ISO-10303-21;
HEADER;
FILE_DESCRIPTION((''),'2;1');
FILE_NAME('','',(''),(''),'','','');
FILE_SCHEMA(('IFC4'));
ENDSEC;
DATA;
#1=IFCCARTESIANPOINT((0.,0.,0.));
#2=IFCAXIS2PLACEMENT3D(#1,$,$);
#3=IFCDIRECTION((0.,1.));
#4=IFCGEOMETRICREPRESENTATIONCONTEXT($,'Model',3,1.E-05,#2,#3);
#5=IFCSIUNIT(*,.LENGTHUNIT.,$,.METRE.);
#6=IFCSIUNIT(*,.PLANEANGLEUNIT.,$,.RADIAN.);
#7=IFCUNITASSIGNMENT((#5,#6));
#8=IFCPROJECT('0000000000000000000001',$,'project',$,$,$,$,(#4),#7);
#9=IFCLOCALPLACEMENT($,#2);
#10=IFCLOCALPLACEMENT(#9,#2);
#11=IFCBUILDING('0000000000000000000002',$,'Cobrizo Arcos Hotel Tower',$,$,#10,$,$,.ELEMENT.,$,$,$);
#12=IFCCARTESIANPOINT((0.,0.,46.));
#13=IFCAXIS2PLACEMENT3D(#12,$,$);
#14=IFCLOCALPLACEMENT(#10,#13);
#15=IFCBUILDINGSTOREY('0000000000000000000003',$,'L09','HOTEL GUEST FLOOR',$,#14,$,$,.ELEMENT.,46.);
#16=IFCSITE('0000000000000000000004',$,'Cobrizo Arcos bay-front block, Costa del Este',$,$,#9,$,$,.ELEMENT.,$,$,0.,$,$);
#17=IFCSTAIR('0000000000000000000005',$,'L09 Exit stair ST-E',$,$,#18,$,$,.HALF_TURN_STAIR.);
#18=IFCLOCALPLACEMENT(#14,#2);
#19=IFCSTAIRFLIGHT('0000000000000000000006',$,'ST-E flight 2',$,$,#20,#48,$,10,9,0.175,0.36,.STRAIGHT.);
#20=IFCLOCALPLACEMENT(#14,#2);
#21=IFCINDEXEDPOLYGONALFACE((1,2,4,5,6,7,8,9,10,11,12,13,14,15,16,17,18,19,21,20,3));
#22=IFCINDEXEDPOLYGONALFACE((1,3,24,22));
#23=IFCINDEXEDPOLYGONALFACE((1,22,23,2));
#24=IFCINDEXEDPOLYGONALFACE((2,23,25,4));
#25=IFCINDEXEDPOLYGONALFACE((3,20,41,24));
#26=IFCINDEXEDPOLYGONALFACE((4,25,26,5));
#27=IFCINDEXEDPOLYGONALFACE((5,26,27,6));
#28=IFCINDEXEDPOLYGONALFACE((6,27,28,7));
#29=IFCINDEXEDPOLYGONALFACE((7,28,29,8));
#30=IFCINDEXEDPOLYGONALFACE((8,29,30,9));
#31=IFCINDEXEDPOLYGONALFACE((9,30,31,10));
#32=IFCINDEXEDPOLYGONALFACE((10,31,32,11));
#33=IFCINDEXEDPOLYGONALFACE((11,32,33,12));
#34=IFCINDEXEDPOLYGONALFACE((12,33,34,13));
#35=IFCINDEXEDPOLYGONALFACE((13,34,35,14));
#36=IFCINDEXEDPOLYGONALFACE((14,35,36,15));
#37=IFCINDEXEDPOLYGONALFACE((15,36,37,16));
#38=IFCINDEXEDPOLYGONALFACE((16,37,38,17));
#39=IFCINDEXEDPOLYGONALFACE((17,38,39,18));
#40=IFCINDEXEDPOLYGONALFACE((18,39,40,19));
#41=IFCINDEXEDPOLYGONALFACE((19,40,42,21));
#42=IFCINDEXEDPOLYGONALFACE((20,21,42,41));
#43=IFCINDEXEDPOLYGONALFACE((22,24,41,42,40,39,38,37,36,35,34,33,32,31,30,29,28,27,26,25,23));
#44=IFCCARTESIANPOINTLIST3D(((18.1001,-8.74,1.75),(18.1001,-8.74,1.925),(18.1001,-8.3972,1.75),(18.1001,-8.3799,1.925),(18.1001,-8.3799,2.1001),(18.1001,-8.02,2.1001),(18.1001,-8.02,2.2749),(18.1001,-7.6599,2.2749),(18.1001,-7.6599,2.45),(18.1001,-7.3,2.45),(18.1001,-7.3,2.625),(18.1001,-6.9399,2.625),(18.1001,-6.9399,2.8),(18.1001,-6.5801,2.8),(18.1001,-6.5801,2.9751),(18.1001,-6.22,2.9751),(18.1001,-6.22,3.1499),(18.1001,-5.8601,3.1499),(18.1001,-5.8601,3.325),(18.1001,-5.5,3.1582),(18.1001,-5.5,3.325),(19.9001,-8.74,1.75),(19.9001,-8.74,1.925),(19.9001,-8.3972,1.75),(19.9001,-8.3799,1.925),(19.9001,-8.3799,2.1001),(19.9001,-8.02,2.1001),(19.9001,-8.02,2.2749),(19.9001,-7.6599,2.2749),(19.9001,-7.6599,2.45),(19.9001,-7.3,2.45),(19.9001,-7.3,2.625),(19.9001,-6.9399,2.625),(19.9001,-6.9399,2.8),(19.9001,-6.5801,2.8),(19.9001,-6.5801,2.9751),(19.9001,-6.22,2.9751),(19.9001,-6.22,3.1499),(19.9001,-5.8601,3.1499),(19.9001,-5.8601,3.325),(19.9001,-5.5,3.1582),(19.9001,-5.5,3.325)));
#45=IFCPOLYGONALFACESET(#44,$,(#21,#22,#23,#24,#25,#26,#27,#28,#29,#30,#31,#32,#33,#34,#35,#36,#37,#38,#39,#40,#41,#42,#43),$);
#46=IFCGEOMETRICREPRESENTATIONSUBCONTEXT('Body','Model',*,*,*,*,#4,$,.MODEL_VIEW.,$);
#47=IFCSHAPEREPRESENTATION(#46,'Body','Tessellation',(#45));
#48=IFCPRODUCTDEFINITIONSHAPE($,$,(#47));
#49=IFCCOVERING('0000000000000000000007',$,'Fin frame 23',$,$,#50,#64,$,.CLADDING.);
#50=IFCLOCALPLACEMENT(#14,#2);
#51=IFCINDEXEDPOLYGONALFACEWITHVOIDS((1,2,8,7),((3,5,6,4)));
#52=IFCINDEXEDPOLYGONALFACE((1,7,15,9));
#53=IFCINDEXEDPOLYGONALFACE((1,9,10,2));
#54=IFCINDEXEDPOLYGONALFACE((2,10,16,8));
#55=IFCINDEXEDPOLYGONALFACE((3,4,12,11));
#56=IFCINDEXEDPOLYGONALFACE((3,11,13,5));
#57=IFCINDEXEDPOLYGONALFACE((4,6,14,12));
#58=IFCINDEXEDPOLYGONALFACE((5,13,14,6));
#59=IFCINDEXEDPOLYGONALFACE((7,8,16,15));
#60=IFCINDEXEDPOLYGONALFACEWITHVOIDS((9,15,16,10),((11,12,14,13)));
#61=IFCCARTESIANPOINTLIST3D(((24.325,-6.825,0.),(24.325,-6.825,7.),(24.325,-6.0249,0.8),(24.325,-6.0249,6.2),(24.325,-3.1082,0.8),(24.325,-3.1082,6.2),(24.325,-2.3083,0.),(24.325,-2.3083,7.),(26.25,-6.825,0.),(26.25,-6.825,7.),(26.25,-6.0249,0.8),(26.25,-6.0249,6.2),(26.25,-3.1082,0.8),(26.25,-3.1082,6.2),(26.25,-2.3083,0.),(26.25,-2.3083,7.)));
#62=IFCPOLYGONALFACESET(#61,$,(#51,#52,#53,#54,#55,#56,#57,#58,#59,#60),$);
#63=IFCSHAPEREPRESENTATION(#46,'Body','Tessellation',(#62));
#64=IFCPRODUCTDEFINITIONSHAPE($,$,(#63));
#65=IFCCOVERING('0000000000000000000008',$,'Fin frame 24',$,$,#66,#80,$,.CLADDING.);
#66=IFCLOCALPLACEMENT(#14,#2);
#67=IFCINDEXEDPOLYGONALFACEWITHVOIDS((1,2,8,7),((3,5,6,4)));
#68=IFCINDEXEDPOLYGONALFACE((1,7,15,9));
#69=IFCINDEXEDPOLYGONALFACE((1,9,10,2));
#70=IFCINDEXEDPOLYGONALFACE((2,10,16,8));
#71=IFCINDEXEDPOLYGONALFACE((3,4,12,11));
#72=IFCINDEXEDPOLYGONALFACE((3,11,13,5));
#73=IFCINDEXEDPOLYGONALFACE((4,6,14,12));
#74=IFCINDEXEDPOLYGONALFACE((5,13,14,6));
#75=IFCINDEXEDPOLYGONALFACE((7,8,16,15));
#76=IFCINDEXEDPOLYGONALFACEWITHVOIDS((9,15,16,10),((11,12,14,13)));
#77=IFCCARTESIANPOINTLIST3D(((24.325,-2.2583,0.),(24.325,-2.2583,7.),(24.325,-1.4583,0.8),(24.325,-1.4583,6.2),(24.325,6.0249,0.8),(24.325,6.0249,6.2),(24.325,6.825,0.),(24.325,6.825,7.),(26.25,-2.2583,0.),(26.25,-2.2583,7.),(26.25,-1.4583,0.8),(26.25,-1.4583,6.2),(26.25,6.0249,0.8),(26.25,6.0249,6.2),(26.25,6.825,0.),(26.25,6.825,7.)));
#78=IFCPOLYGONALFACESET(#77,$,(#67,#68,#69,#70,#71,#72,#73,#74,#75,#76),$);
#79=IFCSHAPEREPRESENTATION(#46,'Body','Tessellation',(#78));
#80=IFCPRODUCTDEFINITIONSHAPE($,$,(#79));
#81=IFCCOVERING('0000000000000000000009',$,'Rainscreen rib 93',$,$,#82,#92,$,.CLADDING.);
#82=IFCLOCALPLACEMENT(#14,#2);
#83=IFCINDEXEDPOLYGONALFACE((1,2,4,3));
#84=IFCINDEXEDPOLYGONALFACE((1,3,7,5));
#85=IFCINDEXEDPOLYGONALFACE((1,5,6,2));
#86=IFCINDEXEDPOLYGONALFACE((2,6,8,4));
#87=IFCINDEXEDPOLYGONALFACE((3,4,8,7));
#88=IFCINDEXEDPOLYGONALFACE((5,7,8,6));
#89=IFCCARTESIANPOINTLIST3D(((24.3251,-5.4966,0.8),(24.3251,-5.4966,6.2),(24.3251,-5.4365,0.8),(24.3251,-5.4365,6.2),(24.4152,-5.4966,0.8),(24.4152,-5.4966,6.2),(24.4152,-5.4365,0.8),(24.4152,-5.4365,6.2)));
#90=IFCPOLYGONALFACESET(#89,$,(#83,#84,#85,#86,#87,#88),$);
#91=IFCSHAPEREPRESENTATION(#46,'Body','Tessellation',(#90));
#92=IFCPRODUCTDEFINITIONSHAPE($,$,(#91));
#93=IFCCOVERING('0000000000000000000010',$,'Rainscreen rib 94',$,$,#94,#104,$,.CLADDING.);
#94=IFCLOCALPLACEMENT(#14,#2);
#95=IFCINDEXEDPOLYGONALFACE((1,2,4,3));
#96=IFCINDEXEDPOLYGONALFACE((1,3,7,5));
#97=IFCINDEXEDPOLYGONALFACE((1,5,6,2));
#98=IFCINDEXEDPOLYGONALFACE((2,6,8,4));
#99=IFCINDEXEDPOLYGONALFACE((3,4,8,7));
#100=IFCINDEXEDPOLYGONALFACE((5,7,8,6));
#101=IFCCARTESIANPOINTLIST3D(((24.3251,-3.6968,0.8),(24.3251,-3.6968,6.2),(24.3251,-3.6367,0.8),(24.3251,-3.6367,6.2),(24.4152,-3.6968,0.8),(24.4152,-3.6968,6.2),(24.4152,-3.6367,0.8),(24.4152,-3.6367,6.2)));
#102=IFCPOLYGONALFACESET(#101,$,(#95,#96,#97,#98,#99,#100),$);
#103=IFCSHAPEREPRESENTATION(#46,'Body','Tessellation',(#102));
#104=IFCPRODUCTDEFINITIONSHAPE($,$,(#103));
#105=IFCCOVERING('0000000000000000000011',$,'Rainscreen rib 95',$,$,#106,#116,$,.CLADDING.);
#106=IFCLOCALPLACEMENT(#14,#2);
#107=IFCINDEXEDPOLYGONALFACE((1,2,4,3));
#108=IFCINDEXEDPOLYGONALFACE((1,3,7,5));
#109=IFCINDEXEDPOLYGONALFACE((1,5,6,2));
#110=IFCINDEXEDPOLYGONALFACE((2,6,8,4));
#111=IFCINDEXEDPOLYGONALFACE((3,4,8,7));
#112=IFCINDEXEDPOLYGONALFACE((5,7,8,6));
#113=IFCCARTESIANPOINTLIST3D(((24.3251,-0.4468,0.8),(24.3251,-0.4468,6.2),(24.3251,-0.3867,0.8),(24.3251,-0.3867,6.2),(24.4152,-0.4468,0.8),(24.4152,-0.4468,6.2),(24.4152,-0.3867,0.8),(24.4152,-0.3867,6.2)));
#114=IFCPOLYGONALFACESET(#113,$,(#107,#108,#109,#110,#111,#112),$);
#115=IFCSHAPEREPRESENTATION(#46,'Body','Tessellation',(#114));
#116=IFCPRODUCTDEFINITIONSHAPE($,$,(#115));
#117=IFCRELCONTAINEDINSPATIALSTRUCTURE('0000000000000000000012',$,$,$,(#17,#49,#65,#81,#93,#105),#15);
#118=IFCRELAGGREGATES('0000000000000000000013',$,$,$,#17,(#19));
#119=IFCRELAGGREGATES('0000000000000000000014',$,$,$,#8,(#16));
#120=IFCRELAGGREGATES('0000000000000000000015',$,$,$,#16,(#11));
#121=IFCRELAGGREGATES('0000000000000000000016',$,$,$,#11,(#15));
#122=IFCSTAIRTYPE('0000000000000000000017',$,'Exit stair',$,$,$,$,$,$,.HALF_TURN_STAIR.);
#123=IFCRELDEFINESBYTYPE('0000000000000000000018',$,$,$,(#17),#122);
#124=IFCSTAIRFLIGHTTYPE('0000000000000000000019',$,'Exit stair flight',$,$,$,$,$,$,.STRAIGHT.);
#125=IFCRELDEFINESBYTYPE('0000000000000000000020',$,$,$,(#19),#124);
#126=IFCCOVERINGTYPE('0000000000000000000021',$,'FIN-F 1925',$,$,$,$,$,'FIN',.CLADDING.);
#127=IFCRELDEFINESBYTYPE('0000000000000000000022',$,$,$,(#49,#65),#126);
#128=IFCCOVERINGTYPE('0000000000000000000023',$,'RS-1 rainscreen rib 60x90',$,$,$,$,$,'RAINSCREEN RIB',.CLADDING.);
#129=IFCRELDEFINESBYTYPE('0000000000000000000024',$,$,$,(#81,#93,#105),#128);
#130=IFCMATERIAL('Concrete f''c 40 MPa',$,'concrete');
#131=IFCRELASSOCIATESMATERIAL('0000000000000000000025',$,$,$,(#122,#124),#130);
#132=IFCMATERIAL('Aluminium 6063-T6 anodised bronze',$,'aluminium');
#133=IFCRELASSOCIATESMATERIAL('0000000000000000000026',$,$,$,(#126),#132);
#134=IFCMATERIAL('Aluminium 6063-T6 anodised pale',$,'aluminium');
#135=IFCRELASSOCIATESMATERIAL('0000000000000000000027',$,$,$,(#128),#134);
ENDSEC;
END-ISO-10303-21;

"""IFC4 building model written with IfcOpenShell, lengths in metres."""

from ifc_helpers import new_model, si_unit, direction, frame, origin, origin_2d, place, context, subcontext, project, spatial, polyline, rectangle, outline, extrude, material, type_object, element, aggregate, save


model = new_model("IFC4")

# Units and contexts
model_context = context("Model", 3, precision=1e-05, world=origin(), true_north=direction((0.0, 1.0)))
body_context = subcontext(model_context, "Body", "Model", "MODEL_VIEW")
ifc_project = project(units=[si_unit("LENGTHUNIT", "METRE"), si_unit("PLANEANGLEUNIT", "RADIAN")], contexts=[model_context])

# Site, building, storey
site_placement = place(None, origin())
site = spatial("IfcSite", under=ifc_project, at=site_placement, Name="Cobrizo Arcos bay-front block, Costa del Este", CompositionType="ELEMENT", RefElevation=0.0)
building_placement = place(site_placement, origin())
building = spatial("IfcBuilding", under=site, at=building_placement, Name="Cobrizo Arcos Hotel Tower", CompositionType="ELEMENT")
storey_placement = place(building_placement, frame((0.0, 0.0, 46.0)))
storey = spatial("IfcBuildingStorey", under=building, at=storey_placement, Name="L09", Description="HOTEL GUEST FLOOR", CompositionType="ELEMENT", Elevation=46.0)

# Shared definitions
ifc_material_1 = material(Name="Aluminium 6063-T6 anodised bronze", Category="aluminium")

# Shared definitions
ifc_material_2 = material(Name="Concrete f'c 40 MPa", Category="concrete")

# Stair, stair flight
stair_type = type_object("IfcStairType", Name="Exit stair", PredefinedType="HALF_TURN_STAIR", material=ifc_material_2)
stair_placement = place(storey_placement, origin())
stair = element("IfcStair", 1, at=stair_placement, inside=storey, type_object=stair_type, Name="L09 Exit stair ST-E", PredefinedType="HALF_TURN_STAIR")
stair_flight_type = type_object("IfcStairFlightType", Name="Exit stair flight", PredefinedType="STRAIGHT", material=ifc_material_2)
stair_flight_1_placement = place(storey_placement, frame((19.0, -8.74, 1.75), z_axis=(0.0, 0.0, 1.0), x_axis=(0.0, 1.0, 0.0)))
stair_flight_1 = element("IfcStairFlight", 2, at=stair_flight_1_placement, type_object=stair_flight_type, Name="ST-E flight 2", NumberOfRisers=10, NumberOfTreads=9, PredefinedType="STRAIGHT", RiserHeight=0.175, TreadLength=0.36, context=body_context, shape_type="SweptSolid", body=[
    extrude(outline(polyline([(0.0, 0.0), (0.0, 0.175), (0.3601, 0.175), (0.3601, 0.3501), (0.72, 0.3501), (0.72, 0.5249), (1.0801, 0.5249), (1.0801, 0.7), (1.4399, 0.7), (1.4399, 0.875), (1.8, 0.875), (1.8, 1.05), (2.1599, 1.05), (2.1599, 1.2251), (2.52, 1.2251), (2.52, 1.3999), (2.8799, 1.3999), (2.8799, 1.575), (3.24, 1.575), (3.24, 1.75), (3.24, 1.4082), (0.3428, 0.0), (0.0, 0.0)])), frame((0.0, 0.8999, 0.0), z_axis=(0.0, -1.0, 0.0), x_axis=(1.0, 0.0, 0.0)), (0.0, 0.0, 1.0), 1.8),
])
aggregate(stair, [stair_flight_1])

# Coverings
covering_type_1 = type_object("IfcCoveringType", Name="FIN-F 1925", ElementType="FIN", PredefinedType="CLADDING", material=ifc_material_1)
covering_1_placement = place(storey_placement, frame((24.325, -6.825, 0.0), z_axis=(1.0, 0.0, 0.0), x_axis=(0.0, 1.0, 0.0)))
element("IfcCovering", 3, at=covering_1_placement, inside=storey, type_object=covering_type_1, Name="Fin frame 23", PredefinedType="CLADDING", context=body_context, shape_type="SweptSolid", body=[
    extrude(outline(polyline([(0.0, 7.0), (0.0, 0.0), (4.5166, 0.0), (4.5166, 7.0), (0.0, 7.0)]), holes=[polyline([(3.7168, 0.8), (0.8, 0.8), (0.8, 6.2), (3.7168, 6.2), (3.7168, 0.8)])]), origin(), (0.0, 0.0, 1.0), 1.925),
])
covering_2_placement = place(storey_placement, frame((24.325, -2.2583, 0.0), z_axis=(1.0, 0.0, 0.0), x_axis=(0.0, 1.0, 0.0)))
element("IfcCovering", 4, at=covering_2_placement, inside=storey, type_object=covering_type_1, Name="Fin frame 24", PredefinedType="CLADDING", context=body_context, shape_type="SweptSolid", body=[
    extrude(outline(polyline([(0.0, 7.0), (0.0, 0.0), (9.0833, 0.0), (9.0833, 7.0), (0.0, 7.0)]), holes=[polyline([(8.2832, 0.8), (0.8, 0.8), (0.8, 6.2), (8.2832, 6.2), (8.2832, 0.8)])]), origin(), (0.0, 0.0, 1.0), 1.925),
])
ifc_material_3 = material(Name="Aluminium 6063-T6 anodised pale", Category="aluminium")
covering_type_2 = type_object("IfcCoveringType", Name="RS-1 rainscreen rib 60x90", ElementType="RAINSCREEN RIB", PredefinedType="CLADDING", material=ifc_material_3)
for number, where, z_axis, x_axis, name in (
    (5, (24.3701, -5.4666, 0.8), (0.0, 0.0, 1.0), (0.0, 1.0, 0.0), "Rainscreen rib 93"),
    (6, (24.3701, -3.6667, 0.8), (0.0, 0.0, 1.0), (0.0, 1.0, 0.0), "Rainscreen rib 94"),
    (7, (24.3701, -0.4167, 0.8), (0.0, 0.0, 1.0), (0.0, 1.0, 0.0), "Rainscreen rib 95"),
):
    element("IfcCovering", number, at=place(storey_placement, frame(where, z_axis=z_axis, x_axis=x_axis)), inside=storey, type_object=covering_type_2, Name=name, PredefinedType="CLADDING", context=body_context, shape_type="SweptSolid", body=[
        extrude(rectangle(XDim=0.0601, YDim=0.0901, at=origin_2d()), origin(), (0.0, 0.0, 1.0), 5.3999),
    ])

save(model, "model.ifc")
